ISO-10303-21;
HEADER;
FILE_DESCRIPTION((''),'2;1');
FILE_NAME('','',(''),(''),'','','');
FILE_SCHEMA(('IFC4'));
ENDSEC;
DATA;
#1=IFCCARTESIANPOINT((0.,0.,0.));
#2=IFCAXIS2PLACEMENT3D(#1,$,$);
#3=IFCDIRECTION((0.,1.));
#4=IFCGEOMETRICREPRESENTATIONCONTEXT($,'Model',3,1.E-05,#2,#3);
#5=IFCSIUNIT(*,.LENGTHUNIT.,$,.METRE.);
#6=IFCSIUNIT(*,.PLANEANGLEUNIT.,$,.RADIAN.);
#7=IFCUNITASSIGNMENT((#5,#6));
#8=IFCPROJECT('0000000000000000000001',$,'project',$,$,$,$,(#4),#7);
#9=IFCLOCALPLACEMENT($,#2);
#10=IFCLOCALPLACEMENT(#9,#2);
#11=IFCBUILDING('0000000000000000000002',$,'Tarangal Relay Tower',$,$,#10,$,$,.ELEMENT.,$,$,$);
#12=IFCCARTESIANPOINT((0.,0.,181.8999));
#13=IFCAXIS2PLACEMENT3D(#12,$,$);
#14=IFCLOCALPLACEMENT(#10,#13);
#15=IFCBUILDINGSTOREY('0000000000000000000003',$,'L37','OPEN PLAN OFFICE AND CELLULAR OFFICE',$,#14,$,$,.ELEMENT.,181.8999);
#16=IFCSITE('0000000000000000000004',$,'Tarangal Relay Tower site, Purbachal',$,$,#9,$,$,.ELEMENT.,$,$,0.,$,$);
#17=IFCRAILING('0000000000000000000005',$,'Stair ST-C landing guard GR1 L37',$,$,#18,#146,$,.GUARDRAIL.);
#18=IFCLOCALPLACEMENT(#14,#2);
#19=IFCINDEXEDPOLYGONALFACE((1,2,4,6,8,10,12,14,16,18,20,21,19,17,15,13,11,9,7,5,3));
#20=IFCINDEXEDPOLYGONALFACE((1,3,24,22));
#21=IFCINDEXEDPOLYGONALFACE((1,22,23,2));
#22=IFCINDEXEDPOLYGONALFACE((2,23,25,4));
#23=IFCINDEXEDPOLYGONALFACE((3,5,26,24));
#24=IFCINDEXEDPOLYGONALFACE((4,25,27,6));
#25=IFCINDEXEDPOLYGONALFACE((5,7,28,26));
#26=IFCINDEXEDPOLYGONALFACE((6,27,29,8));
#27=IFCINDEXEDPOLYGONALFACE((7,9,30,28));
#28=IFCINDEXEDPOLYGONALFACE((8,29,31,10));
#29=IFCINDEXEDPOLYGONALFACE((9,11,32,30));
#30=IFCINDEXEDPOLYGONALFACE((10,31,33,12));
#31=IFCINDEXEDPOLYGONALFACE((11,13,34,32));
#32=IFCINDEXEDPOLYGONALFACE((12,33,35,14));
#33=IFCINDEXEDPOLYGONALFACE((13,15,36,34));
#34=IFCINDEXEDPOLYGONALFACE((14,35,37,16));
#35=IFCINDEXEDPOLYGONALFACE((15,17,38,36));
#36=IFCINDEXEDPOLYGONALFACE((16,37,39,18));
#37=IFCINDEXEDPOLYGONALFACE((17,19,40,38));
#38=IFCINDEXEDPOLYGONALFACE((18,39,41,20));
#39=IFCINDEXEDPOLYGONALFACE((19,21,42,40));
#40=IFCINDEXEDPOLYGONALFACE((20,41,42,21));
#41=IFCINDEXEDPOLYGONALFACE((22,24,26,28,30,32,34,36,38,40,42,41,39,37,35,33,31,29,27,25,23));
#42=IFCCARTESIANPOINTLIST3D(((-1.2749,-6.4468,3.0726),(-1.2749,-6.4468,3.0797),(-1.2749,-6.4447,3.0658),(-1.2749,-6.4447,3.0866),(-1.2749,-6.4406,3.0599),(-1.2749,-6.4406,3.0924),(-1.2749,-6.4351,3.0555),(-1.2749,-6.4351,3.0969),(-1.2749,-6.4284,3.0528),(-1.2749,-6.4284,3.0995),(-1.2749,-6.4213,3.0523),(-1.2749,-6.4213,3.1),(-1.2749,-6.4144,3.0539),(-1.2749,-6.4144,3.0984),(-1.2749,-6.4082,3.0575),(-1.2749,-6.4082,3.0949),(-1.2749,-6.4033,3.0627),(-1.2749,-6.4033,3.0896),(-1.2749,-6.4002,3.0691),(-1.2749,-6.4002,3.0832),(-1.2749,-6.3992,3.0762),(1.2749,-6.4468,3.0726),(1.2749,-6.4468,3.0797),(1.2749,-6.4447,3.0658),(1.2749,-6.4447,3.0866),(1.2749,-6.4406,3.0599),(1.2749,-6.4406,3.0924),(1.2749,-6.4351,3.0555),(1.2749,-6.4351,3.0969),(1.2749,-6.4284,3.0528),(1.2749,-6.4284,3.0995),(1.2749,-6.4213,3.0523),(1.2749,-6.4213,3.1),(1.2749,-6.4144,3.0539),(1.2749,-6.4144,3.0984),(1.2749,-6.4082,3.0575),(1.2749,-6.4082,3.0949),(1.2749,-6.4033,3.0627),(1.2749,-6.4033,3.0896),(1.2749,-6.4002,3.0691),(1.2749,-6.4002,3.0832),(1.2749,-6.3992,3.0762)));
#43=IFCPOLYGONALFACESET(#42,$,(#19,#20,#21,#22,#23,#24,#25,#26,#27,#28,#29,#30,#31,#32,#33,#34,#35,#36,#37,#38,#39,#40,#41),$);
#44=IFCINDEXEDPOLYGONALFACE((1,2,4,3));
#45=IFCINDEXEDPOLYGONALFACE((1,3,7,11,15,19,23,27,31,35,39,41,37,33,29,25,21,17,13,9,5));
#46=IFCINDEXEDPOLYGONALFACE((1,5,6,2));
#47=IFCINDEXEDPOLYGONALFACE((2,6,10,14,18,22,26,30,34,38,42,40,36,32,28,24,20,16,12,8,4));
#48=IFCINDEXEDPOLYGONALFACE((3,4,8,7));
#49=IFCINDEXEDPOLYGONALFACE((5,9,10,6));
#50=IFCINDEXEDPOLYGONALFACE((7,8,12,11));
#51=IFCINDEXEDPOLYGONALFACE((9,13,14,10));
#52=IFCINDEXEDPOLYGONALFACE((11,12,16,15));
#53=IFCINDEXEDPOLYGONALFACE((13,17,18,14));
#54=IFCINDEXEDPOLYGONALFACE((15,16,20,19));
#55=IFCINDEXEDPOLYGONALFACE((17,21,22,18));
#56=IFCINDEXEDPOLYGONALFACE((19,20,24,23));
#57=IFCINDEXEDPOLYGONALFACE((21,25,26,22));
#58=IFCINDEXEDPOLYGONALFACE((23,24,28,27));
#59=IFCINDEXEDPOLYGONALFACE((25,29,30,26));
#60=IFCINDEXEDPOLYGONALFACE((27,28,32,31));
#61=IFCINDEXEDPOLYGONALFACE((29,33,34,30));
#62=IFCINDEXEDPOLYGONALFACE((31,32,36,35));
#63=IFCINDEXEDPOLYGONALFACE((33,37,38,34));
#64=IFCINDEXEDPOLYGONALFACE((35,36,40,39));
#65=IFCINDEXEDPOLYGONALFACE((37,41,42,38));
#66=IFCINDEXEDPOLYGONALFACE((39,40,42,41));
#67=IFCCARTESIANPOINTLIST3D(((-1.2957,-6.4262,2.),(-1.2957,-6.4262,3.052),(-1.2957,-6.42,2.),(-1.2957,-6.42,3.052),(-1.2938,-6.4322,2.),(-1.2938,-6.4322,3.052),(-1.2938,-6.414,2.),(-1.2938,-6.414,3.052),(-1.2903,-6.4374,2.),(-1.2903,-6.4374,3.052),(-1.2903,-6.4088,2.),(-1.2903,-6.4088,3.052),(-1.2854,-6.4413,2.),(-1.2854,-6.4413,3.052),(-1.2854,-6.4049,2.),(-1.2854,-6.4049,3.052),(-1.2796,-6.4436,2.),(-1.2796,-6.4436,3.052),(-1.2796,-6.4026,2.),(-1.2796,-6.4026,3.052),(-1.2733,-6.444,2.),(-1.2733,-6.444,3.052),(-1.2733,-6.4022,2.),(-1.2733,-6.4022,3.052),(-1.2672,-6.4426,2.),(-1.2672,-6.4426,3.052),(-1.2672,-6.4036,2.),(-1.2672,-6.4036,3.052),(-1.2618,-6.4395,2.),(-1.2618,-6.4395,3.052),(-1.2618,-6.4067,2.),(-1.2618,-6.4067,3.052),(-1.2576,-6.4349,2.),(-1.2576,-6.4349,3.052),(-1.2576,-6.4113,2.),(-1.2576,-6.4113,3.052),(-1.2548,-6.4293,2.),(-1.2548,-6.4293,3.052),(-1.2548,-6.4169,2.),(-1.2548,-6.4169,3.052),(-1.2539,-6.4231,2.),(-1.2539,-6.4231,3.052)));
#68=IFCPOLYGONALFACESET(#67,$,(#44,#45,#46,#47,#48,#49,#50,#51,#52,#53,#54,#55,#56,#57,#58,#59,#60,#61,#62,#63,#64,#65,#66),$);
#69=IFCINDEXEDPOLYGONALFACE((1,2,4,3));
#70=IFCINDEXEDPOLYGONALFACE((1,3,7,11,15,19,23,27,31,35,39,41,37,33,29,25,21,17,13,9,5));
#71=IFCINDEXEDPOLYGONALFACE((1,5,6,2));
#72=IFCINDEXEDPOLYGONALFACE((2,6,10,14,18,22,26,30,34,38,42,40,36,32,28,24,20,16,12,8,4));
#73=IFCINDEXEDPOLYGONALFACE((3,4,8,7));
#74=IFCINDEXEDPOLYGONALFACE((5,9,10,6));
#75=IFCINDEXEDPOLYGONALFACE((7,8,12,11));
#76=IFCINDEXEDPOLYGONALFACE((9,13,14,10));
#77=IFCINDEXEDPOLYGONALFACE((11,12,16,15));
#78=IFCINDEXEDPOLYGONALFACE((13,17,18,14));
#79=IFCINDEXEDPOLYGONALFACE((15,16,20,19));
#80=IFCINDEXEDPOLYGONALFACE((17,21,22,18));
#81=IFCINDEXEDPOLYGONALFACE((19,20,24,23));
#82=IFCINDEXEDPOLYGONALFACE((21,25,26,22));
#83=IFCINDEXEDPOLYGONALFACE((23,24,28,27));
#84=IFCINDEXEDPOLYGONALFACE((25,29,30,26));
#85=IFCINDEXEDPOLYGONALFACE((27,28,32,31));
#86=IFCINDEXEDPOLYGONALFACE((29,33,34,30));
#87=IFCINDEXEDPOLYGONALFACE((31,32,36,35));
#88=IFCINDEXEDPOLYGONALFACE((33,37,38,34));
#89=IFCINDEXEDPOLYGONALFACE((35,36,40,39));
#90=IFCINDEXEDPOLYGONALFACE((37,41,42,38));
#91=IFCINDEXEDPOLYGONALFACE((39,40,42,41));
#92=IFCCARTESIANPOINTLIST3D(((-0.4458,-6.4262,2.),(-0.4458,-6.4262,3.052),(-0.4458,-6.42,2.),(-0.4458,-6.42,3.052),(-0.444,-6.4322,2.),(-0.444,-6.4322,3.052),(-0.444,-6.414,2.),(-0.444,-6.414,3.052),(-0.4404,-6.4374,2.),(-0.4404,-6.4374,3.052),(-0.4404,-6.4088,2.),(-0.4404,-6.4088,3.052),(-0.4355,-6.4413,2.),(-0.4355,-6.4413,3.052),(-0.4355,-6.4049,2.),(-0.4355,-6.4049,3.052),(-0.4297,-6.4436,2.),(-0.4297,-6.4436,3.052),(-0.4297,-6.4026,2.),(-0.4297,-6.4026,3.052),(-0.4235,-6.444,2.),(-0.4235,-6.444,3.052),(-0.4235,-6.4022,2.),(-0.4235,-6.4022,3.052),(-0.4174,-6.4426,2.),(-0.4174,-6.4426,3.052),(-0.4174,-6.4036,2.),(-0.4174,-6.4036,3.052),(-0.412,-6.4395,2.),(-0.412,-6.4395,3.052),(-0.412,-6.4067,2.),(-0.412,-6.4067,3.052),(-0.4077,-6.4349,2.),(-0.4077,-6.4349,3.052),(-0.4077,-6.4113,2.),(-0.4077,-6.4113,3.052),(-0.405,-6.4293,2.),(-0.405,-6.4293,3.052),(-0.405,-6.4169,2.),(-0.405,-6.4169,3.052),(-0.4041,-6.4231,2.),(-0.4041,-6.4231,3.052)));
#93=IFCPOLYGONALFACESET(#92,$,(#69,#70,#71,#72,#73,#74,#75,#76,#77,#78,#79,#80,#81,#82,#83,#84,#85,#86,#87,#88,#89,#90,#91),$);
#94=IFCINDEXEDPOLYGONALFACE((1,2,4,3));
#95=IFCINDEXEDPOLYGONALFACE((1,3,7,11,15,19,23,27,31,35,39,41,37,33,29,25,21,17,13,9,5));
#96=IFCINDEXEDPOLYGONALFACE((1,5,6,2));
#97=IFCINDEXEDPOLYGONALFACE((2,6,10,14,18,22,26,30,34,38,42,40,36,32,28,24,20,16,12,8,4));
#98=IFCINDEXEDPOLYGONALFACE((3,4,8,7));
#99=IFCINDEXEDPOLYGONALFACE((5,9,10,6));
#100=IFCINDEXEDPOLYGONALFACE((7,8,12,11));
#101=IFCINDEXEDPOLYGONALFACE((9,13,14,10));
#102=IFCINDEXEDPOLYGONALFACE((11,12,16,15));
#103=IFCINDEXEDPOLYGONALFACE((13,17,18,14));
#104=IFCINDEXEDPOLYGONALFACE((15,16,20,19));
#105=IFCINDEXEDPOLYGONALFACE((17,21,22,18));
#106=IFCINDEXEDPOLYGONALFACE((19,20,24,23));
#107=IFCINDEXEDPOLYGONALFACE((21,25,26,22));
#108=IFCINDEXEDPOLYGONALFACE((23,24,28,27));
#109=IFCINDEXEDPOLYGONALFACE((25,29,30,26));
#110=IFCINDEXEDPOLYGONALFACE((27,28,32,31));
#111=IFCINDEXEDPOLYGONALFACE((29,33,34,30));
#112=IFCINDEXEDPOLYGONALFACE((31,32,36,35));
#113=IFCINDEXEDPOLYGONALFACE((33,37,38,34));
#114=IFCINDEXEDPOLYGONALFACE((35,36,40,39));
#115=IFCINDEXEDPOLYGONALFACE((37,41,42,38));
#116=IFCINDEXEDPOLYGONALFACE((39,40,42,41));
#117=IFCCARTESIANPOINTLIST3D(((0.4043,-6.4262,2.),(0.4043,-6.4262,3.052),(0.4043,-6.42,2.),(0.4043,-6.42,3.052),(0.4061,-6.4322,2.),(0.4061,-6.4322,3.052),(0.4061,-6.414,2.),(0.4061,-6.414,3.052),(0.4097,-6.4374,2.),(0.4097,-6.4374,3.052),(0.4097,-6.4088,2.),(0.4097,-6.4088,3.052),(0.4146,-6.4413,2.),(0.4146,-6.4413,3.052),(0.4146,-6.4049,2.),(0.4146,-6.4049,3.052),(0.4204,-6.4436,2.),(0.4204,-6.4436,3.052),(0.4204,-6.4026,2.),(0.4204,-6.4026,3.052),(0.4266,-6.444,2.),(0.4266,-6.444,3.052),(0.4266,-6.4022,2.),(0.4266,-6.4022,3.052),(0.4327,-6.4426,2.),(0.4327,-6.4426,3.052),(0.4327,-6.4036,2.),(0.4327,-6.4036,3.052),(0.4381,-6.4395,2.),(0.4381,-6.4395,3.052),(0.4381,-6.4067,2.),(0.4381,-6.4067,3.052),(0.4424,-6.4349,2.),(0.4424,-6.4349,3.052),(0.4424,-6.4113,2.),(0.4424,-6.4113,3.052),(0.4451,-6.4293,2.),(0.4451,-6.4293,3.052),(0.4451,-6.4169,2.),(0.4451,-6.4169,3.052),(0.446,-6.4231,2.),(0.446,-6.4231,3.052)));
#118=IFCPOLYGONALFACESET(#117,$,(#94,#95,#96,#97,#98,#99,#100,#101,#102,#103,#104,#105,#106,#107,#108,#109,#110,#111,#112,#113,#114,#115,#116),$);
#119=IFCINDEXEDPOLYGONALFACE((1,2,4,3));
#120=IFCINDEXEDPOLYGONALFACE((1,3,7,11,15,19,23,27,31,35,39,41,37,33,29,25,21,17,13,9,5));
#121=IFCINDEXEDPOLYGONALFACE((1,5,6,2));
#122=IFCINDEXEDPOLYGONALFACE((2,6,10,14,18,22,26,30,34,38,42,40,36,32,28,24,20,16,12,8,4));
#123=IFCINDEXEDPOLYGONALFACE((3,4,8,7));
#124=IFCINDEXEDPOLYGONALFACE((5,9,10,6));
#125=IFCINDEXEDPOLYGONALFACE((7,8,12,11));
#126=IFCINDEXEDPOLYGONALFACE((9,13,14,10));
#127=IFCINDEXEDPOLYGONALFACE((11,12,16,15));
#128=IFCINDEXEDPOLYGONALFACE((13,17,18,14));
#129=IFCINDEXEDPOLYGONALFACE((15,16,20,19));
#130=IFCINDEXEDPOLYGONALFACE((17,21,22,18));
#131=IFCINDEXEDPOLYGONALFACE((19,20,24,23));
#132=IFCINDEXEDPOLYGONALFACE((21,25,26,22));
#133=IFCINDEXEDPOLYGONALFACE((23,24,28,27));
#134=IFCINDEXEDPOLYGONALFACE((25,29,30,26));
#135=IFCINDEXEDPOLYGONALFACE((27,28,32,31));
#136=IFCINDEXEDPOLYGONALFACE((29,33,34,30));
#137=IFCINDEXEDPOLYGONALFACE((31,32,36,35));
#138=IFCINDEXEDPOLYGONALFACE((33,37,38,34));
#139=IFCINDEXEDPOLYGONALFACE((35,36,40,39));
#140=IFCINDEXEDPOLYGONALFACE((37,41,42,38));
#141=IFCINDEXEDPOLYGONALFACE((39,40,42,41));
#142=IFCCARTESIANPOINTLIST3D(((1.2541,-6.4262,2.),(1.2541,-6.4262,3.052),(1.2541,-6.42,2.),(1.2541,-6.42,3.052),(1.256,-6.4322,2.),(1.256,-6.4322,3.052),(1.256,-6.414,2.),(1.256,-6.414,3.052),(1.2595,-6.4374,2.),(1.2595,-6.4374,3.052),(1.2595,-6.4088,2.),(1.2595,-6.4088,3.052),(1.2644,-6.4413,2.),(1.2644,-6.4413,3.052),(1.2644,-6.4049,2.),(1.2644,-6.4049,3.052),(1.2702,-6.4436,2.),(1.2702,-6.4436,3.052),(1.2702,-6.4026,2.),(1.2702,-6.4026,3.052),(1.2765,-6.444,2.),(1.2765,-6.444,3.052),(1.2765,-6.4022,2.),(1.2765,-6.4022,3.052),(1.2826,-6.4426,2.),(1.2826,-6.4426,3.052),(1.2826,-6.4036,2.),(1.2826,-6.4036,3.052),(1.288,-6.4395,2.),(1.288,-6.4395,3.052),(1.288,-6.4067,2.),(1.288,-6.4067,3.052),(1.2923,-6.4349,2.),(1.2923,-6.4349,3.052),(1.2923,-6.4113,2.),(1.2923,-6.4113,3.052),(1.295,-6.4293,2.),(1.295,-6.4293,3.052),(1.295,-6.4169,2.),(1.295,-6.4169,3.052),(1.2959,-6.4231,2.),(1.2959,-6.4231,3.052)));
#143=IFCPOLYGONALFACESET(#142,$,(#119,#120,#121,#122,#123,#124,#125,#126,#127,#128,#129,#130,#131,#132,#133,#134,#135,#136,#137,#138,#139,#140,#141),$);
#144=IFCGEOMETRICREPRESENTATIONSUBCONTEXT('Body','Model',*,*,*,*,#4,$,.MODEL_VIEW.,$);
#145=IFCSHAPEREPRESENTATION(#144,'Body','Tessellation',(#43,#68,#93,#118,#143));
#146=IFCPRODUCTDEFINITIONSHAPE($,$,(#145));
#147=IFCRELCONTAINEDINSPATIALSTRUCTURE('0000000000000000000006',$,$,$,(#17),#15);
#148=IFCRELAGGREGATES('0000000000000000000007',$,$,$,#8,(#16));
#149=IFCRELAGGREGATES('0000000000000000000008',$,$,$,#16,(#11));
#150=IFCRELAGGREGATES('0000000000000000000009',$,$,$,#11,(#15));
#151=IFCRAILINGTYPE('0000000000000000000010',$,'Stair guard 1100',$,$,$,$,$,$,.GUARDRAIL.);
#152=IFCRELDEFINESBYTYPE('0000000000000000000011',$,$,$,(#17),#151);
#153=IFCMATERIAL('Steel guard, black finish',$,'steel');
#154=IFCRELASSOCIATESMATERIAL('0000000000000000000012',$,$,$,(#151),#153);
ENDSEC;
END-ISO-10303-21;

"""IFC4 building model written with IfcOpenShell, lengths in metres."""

from ifc_helpers import new_model, si_unit, direction, frame, origin, origin_2d, place, context, subcontext, project, spatial, circle, extrude, material, type_object, element, save


model = new_model("IFC4")

# Units and contexts
model_context = context("Model", 3, precision=1e-05, world=origin(), true_north=direction((0.0, 1.0)))
body_context = subcontext(model_context, "Body", "Model", "MODEL_VIEW")
ifc_project = project(units=[si_unit("LENGTHUNIT", "METRE"), si_unit("PLANEANGLEUNIT", "RADIAN")], contexts=[model_context])

# Site, building, storey
site_placement = place(None, origin())
site = spatial("IfcSite", under=ifc_project, at=site_placement, Name="Tarangal Relay Tower site, Purbachal", CompositionType="ELEMENT", RefElevation=0.0)
building_placement = place(site_placement, origin())
building = spatial("IfcBuilding", under=site, at=building_placement, Name="Tarangal Relay Tower", CompositionType="ELEMENT")
storey_placement = place(building_placement, frame((0.0, 0.0, 181.8999)))
storey = spatial("IfcBuildingStorey", under=building, at=storey_placement, Name="L37", Description="OPEN PLAN OFFICE AND CELLULAR OFFICE", CompositionType="ELEMENT", Elevation=181.8999)

# Railing
ifc_material_1 = material(Name="Steel guard, black finish", Category="steel")
railing_type_1 = type_object("IfcRailingType", Name="Stair guard 1100", PredefinedType="GUARDRAIL", material=ifc_material_1)
for number, where, name in (
    (1, (-1.2749, -6.4231, 2.0), "Stair ST-C landing guard GR1 L37"),
):
    element("IfcRailing", number, at=place(storey_placement, frame(where)), inside=storey, type_object=railing_type_1, Name=name, PredefinedType="GUARDRAIL", context=body_context, shape_type="SweptSolid", body=[
        extrude(circle(Radius=0.0239, at=origin_2d()), frame((0.0, 0.0, 1.0762), z_axis=(1.0, 0.0, 0.0), x_axis=(0.0, 1.0, 0.0)), (0.0, 0.0, 1.0), 2.5498),
        extrude(circle(Radius=0.021, at=origin_2d()), origin(), (0.0, 0.0, 1.0), 1.052),
        extrude(circle(Radius=0.021, at=origin_2d()), frame((0.8499, 0.0, 0.0)), (0.0, 0.0, 1.0), 1.052),
        extrude(circle(Radius=0.021, at=origin_2d()), frame((1.7, 0.0, 0.0)), (0.0, 0.0, 1.0), 1.052),
        extrude(circle(Radius=0.021, at=origin_2d()), frame((2.5498, 0.0, 0.0)), (0.0, 0.0, 1.0), 1.052),
    ])

save(model, "model.ifc")
